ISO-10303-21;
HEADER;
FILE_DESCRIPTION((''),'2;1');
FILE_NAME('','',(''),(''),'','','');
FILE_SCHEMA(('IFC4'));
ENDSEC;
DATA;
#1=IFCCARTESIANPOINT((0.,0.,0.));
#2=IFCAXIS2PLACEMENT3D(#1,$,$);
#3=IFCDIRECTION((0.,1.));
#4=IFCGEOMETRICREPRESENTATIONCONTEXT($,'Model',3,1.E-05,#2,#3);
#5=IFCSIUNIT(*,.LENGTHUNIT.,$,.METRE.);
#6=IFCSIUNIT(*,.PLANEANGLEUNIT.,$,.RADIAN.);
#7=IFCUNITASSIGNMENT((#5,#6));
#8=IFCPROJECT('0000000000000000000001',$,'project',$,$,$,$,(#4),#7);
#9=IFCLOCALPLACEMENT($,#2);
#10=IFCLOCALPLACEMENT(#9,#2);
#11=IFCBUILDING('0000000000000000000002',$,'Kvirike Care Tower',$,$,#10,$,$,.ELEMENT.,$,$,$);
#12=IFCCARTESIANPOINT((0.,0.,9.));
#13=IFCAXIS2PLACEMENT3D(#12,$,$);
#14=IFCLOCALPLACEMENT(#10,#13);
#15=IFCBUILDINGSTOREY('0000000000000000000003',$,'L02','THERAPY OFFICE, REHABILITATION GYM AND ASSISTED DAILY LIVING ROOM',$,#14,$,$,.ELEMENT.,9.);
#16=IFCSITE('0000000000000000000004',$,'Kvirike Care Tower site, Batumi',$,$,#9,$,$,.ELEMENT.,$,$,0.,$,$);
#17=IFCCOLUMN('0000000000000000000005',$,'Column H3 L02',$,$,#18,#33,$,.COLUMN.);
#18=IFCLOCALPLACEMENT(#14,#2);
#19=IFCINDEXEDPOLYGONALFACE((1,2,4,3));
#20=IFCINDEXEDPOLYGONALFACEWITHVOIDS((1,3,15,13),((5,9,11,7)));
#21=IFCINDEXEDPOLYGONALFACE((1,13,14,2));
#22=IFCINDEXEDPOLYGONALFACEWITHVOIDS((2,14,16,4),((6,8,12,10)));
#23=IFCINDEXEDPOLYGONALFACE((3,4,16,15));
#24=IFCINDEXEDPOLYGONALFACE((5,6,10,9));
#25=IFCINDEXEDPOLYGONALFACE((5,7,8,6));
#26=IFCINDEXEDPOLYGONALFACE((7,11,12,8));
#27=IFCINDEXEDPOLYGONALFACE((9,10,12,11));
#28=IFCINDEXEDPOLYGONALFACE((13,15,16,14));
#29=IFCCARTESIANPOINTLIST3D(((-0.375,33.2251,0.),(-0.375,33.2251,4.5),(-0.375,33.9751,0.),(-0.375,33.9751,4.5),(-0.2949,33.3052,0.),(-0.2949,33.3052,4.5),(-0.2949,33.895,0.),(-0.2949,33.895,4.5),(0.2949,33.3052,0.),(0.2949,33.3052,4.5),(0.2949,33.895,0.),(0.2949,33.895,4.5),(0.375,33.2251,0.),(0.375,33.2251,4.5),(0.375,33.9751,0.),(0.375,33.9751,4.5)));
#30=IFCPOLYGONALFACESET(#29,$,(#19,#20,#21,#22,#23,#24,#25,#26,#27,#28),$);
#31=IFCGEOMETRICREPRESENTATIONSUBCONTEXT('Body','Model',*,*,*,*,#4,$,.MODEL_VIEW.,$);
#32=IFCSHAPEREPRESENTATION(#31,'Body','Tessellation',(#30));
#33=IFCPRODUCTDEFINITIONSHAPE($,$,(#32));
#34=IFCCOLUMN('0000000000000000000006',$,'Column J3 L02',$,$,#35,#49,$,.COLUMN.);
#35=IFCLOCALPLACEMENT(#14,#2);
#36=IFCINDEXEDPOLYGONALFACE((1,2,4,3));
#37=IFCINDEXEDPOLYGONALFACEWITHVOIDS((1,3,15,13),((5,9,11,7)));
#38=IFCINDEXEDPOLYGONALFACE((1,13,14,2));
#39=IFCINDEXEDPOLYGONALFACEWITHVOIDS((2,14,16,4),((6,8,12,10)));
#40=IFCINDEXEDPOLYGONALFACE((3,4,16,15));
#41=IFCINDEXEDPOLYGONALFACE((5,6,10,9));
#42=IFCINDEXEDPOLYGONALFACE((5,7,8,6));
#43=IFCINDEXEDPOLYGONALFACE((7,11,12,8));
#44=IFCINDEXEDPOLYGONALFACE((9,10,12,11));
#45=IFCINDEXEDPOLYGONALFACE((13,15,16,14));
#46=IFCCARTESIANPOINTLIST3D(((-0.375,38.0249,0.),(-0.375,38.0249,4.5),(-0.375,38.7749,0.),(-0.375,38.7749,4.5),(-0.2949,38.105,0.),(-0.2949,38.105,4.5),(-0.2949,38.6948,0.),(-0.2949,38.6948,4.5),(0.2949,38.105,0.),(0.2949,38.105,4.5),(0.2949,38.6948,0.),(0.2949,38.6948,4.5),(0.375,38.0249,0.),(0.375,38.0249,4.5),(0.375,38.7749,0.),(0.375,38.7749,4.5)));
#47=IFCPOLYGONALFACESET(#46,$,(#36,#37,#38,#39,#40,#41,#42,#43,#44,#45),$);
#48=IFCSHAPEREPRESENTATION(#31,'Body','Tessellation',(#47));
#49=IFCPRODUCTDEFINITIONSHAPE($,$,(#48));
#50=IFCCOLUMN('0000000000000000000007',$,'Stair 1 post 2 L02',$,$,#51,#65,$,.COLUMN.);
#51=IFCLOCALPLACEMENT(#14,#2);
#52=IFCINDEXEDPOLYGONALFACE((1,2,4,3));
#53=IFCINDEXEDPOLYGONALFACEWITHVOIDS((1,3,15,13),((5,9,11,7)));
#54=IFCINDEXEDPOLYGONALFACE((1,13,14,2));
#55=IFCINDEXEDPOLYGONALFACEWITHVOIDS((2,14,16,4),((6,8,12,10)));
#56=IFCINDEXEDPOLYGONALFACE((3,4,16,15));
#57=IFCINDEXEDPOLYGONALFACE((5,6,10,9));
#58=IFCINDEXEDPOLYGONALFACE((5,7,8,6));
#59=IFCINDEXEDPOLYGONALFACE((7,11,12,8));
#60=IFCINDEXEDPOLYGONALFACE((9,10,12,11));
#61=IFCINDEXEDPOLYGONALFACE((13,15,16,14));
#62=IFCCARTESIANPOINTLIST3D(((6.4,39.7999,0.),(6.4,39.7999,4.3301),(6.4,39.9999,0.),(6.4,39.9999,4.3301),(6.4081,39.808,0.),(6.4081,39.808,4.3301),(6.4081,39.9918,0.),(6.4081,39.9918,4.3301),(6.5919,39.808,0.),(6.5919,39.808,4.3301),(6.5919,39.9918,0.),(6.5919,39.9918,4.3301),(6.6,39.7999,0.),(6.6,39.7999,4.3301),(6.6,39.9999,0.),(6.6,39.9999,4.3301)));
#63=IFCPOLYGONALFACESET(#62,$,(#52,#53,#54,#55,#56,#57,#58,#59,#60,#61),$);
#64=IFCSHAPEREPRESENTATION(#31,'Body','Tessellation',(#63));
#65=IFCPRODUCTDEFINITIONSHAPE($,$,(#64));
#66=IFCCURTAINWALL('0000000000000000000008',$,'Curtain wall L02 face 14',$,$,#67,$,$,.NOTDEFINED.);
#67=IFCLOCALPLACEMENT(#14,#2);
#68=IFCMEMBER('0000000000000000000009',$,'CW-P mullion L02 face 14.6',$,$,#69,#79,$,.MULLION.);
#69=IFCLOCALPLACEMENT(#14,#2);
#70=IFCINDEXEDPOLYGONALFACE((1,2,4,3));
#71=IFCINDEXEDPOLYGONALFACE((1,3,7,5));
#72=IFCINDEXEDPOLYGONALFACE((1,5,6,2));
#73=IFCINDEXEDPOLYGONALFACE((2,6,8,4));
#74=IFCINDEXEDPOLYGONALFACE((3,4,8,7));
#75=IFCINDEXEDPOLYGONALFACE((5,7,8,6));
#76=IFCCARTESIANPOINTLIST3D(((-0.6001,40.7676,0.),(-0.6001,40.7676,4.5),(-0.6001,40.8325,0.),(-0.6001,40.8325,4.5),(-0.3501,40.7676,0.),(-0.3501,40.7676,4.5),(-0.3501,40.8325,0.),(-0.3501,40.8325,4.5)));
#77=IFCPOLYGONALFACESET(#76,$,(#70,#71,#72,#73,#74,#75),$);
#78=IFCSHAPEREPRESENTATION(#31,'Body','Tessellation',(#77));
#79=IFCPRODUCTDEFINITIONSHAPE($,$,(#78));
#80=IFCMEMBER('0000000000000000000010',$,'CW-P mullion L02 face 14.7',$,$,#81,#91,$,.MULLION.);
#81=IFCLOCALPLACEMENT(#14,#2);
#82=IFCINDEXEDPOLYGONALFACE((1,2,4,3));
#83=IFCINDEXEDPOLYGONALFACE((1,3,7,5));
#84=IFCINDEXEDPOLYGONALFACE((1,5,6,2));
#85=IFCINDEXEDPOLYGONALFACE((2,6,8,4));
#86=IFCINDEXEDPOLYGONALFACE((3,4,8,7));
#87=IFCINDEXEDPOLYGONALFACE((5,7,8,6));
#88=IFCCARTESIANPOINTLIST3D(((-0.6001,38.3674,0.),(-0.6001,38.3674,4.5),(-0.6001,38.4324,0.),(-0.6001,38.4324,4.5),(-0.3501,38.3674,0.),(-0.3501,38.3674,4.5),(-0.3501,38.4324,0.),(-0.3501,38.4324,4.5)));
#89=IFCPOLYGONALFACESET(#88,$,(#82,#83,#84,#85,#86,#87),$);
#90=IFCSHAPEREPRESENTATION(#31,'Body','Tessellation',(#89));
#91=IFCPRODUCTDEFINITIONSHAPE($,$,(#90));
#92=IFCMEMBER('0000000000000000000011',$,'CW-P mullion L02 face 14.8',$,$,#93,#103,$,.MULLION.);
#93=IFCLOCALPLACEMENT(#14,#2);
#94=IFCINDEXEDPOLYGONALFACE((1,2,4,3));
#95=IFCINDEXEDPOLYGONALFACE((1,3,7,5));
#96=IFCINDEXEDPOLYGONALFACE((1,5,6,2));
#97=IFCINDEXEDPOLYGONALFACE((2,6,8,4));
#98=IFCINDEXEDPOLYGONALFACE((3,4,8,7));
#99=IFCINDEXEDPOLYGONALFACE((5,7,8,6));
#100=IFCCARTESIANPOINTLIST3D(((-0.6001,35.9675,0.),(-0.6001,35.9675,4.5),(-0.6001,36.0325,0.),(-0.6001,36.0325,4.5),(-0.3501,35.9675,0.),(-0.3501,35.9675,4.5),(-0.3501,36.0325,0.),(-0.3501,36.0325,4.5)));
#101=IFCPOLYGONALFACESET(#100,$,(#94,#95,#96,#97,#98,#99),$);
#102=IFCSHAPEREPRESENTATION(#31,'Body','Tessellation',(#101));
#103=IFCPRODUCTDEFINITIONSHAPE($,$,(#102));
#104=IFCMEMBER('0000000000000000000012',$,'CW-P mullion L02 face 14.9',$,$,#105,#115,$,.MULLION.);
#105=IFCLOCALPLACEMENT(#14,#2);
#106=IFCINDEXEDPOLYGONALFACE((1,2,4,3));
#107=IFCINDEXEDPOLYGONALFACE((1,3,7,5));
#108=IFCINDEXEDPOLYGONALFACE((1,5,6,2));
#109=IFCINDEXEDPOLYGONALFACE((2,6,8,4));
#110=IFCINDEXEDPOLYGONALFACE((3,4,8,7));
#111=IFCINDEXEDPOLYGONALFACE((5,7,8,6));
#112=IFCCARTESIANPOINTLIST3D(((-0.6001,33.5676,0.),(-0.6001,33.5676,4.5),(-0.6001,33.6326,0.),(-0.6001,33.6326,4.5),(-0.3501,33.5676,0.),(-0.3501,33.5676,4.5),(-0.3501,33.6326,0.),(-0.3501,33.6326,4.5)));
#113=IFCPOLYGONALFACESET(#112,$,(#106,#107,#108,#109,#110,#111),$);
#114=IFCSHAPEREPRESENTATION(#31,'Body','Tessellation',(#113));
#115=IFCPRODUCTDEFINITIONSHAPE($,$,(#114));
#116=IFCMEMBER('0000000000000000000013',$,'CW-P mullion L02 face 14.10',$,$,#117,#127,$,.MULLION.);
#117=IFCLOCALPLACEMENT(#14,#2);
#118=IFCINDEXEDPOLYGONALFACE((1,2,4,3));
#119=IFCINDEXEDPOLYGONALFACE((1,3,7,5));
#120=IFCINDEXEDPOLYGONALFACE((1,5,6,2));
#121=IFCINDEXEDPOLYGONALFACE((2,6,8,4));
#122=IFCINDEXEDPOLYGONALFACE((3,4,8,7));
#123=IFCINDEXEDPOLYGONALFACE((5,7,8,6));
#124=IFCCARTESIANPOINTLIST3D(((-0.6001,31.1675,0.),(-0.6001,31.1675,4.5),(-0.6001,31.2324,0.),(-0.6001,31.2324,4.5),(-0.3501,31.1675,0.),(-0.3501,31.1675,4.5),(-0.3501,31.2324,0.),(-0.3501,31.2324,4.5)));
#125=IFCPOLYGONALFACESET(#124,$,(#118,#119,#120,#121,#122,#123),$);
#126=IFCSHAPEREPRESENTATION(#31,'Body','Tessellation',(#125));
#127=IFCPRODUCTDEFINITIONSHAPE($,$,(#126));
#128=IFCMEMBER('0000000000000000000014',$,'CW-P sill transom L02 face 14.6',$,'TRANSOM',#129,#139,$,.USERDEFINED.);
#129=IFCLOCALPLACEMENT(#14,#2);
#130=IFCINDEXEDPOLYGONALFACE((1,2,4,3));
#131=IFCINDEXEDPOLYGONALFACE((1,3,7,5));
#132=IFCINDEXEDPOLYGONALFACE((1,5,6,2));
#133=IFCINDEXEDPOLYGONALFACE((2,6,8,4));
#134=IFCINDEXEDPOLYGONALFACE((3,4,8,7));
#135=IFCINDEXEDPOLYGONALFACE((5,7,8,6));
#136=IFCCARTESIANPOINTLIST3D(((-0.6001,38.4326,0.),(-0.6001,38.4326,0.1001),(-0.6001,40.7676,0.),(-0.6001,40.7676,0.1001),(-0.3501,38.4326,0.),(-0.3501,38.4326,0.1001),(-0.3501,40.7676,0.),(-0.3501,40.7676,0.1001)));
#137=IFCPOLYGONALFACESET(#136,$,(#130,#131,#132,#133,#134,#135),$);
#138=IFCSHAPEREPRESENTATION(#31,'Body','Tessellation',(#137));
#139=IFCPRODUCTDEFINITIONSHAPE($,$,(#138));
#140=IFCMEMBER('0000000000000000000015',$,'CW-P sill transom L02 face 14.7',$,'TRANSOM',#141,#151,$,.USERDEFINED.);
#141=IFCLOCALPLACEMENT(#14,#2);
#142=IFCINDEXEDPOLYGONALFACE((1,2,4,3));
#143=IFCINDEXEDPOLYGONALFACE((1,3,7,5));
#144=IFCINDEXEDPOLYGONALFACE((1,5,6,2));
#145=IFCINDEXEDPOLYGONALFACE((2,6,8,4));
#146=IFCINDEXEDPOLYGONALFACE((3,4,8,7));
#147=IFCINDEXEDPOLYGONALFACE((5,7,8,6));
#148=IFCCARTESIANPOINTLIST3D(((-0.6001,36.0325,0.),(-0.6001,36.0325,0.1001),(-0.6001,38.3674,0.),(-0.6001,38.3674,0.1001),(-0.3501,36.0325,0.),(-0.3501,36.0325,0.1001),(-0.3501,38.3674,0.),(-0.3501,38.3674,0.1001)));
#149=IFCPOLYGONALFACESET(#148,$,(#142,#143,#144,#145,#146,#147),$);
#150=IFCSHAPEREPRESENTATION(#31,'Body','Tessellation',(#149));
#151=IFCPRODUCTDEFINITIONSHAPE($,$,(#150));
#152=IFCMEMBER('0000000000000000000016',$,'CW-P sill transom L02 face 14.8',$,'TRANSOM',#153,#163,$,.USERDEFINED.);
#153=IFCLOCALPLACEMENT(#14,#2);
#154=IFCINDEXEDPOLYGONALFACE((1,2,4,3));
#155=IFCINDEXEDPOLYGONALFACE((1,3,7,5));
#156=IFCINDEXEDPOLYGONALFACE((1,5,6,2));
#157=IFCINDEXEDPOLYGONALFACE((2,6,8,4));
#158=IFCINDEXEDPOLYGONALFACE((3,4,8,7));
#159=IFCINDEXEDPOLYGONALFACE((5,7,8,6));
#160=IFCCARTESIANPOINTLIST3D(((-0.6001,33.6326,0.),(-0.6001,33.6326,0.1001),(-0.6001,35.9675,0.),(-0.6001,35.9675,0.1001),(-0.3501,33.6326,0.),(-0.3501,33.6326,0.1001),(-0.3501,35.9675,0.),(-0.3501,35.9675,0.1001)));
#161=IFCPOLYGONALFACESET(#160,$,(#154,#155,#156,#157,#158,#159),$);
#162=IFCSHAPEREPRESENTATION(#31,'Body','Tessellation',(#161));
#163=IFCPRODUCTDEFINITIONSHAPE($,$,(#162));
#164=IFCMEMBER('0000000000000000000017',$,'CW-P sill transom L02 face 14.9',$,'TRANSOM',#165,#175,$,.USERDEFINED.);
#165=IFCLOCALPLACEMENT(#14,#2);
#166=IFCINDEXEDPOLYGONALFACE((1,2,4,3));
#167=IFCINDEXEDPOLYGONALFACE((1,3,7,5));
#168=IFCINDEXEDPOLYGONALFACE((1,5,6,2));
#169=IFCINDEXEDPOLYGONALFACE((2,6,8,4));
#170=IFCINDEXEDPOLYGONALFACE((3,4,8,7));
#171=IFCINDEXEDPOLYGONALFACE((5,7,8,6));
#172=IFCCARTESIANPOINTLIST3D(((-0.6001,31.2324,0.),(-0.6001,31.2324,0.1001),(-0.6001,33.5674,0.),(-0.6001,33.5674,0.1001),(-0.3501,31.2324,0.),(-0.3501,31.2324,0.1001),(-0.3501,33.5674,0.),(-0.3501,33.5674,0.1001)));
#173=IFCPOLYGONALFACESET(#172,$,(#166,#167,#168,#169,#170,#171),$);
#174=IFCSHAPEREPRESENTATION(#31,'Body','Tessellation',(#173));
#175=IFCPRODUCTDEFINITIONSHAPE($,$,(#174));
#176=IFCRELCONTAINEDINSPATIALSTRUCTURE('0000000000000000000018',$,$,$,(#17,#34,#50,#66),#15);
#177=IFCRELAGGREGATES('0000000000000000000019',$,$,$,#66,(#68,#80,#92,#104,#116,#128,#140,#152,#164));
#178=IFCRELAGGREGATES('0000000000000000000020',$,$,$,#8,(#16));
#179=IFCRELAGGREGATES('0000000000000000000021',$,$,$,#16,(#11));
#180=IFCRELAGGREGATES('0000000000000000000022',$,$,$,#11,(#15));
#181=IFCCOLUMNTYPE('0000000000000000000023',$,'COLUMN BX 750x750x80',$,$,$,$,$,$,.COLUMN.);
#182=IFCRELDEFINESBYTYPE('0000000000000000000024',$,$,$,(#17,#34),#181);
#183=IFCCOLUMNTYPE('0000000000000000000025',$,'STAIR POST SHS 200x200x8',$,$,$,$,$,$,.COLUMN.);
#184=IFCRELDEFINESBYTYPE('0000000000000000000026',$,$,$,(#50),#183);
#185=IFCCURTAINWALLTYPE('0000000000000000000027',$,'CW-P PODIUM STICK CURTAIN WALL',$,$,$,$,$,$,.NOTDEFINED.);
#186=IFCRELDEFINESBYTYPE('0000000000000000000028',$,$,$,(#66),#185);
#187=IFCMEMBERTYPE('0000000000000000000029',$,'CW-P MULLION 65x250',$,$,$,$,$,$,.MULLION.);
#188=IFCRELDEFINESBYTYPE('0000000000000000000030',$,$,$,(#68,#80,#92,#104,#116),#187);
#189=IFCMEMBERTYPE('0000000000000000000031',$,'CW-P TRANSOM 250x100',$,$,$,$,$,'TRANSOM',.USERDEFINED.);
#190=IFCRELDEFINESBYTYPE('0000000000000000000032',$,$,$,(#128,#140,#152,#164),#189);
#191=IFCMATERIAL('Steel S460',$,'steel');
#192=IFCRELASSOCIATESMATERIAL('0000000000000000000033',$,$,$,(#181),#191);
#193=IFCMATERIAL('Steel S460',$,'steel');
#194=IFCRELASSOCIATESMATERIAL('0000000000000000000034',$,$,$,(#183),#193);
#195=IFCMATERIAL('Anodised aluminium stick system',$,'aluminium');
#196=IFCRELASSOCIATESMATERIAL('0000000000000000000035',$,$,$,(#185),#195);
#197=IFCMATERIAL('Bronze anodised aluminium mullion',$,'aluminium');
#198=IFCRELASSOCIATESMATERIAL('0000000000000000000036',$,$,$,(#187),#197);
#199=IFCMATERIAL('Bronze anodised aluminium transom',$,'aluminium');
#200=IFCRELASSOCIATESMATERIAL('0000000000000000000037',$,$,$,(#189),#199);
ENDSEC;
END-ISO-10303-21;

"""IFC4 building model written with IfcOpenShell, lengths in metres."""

from ifc_helpers import new_model, si_unit, direction, frame, origin, origin_2d, place, context, subcontext, project, spatial, rectangle, hollow_rectangle, extrude, material, material_profile, profile_set, type_object, element, aggregate, save


model = new_model("IFC4")

# Units and contexts
model_context = context("Model", 3, precision=1e-05, world=origin(), true_north=direction((0.0, 1.0)))
body_context = subcontext(model_context, "Body", "Model", "MODEL_VIEW")
ifc_project = project(units=[si_unit("LENGTHUNIT", "METRE"), si_unit("PLANEANGLEUNIT", "RADIAN")], contexts=[model_context])

# Site, building, storey
site_placement = place(None, origin())
site = spatial("IfcSite", under=ifc_project, at=site_placement, Name="Kvirike Care Tower site, Batumi", CompositionType="ELEMENT", RefElevation=0.0)
building_placement = place(site_placement, origin())
building = spatial("IfcBuilding", under=site, at=building_placement, Name="Kvirike Care Tower", CompositionType="ELEMENT")
storey_placement = place(building_placement, frame((0.0, 0.0, 9.0)))
storey = spatial("IfcBuildingStorey", under=building, at=storey_placement, Name="L02", Description="THERAPY OFFICE, REHABILITATION GYM AND ASSISTED DAILY LIVING ROOM", CompositionType="ELEMENT", Elevation=9.0)

# Columns
ifc_material_1 = material(Name="Steel S460", Category="steel")
ifc_material_profile_1 = material_profile(ifc_material_1, hollow_rectangle(XDim=0.75, YDim=0.75, WallThickness=0.0801, at=origin_2d()), Name="BX 750x750x80")
ifc_profile_set_1 = profile_set([ifc_material_profile_1], Name="Steel S460")
column_type_1 = type_object("IfcColumnType", Name="COLUMN BX 750x750x80", PredefinedType="COLUMN", material=ifc_profile_set_1)
for number, where, z_axis, x_axis, name in (
    (1, (0.0, 33.6001, 0.0), (0.0, 0.0, 1.0), (1.0, 0.0, 0.0), "Column H3 L02"),
    (2, (0.0, 38.3999, 0.0), (0.0, 0.0, 1.0), (1.0, 0.0, 0.0), "Column J3 L02"),
):
    element("IfcColumn", number, at=place(storey_placement, frame(where, z_axis=z_axis, x_axis=x_axis)), inside=storey, type_object=column_type_1, Name=name, PredefinedType="COLUMN", context=body_context, shape_type="SweptSolid", body=[
        extrude(hollow_rectangle(XDim=0.75, YDim=0.75, WallThickness=0.0801, at=origin_2d()), origin(), (0.0, 0.0, 1.0), 4.5),
    ])
ifc_material_2 = material(Name="Steel S460", Category="steel")
ifc_material_profile_2 = material_profile(ifc_material_2, hollow_rectangle(XDim=0.2, YDim=0.2, WallThickness=0.0081, at=origin_2d()), Name="SHS 200x200x8")
ifc_profile_set_2 = profile_set([ifc_material_profile_2], Name="Steel S460")
column_type_2 = type_object("IfcColumnType", Name="STAIR POST SHS 200x200x8", PredefinedType="COLUMN", material=ifc_profile_set_2)
column_placement = place(storey_placement, frame((6.5, 39.8999, 0.0), z_axis=(0.0, 0.0, 1.0), x_axis=(1.0, 0.0, 0.0)))
element("IfcColumn", 3, at=column_placement, inside=storey, type_object=column_type_2, Name="Stair 1 post 2 L02", PredefinedType="COLUMN", context=body_context, shape_type="SweptSolid", body=[
    extrude(hollow_rectangle(XDim=0.2, YDim=0.2, WallThickness=0.0081, at=origin_2d()), origin(), (0.0, 0.0, 1.0), 4.3301),
])

# Curtain wall, members
ifc_material_3 = material(Name="Anodised aluminium stick system", Category="aluminium")
curtain_wall_type = type_object("IfcCurtainWallType", Name="CW-P PODIUM STICK CURTAIN WALL", PredefinedType="NOTDEFINED", material=ifc_material_3)
curtain_wall_placement = place(storey_placement, origin())
curtain_wall = element("IfcCurtainWall", 4, at=curtain_wall_placement, inside=storey, type_object=curtain_wall_type, Name="Curtain wall L02 face 14", PredefinedType="NOTDEFINED")
ifc_material_4 = material(Name="Bronze anodised aluminium mullion", Category="aluminium")
ifc_material_profile_3 = material_profile(ifc_material_4, rectangle(XDim=0.0649, YDim=0.25, at=origin_2d()), Name="CW-P MULLION 65x250")
ifc_profile_set_3 = profile_set([ifc_material_profile_3], Name="Bronze anodised aluminium mullion")
member_type_1 = type_object("IfcMemberType", Name="CW-P MULLION 65x250", PredefinedType="MULLION", material=ifc_profile_set_3)
member_1_placement = place(storey_placement, frame((-0.4751, 40.8, 0.0), z_axis=(0.0, 0.0, 1.0), x_axis=(0.0, -1.0, 0.0)))
member_1 = element("IfcMember", 5, at=member_1_placement, type_object=member_type_1, Name="CW-P mullion L02 face 14.6", PredefinedType="MULLION", context=body_context, shape_type="SweptSolid", body=[
    extrude(rectangle(XDim=0.0649, YDim=0.25, at=origin_2d()), origin(), (0.0, 0.0, 1.0), 4.5),
])
member_2_placement = place(storey_placement, frame((-0.4751, 38.3999, 0.0), z_axis=(0.0, 0.0, 1.0), x_axis=(0.0, -1.0, 0.0)))
member_2 = element("IfcMember", 6, at=member_2_placement, type_object=member_type_1, Name="CW-P mullion L02 face 14.7", PredefinedType="MULLION", context=body_context, shape_type="SweptSolid", body=[
    extrude(rectangle(XDim=0.0649, YDim=0.25, at=origin_2d()), origin(), (0.0, 0.0, 1.0), 4.5),
])
member_3_placement = place(storey_placement, frame((-0.4751, 36.0, 0.0), z_axis=(0.0, 0.0, 1.0), x_axis=(0.0, -1.0, 0.0)))
member_3 = element("IfcMember", 7, at=member_3_placement, type_object=member_type_1, Name="CW-P mullion L02 face 14.8", PredefinedType="MULLION", context=body_context, shape_type="SweptSolid", body=[
    extrude(rectangle(XDim=0.0649, YDim=0.25, at=origin_2d()), origin(), (0.0, 0.0, 1.0), 4.5),
])
member_4_placement = place(storey_placement, frame((-0.4751, 33.6001, 0.0), z_axis=(0.0, 0.0, 1.0), x_axis=(0.0, -1.0, 0.0)))
member_4 = element("IfcMember", 8, at=member_4_placement, type_object=member_type_1, Name="CW-P mullion L02 face 14.9", PredefinedType="MULLION", context=body_context, shape_type="SweptSolid", body=[
    extrude(rectangle(XDim=0.0649, YDim=0.25, at=origin_2d()), origin(), (0.0, 0.0, 1.0), 4.5),
])
member_5_placement = place(storey_placement, frame((-0.4751, 31.2, 0.0), z_axis=(0.0, 0.0, 1.0), x_axis=(0.0, -1.0, 0.0)))
member_5 = element("IfcMember", 9, at=member_5_placement, type_object=member_type_1, Name="CW-P mullion L02 face 14.10", PredefinedType="MULLION", context=body_context, shape_type="SweptSolid", body=[
    extrude(rectangle(XDim=0.0649, YDim=0.25, at=origin_2d()), origin(), (0.0, 0.0, 1.0), 4.5),
])
ifc_material_5 = material(Name="Bronze anodised aluminium transom", Category="aluminium")
ifc_material_profile_4 = material_profile(ifc_material_5, rectangle(XDim=0.25, YDim=0.1001, at=origin_2d()), Name="CW-P TRANSOM 250x100")
ifc_profile_set_4 = profile_set([ifc_material_profile_4], Name="Bronze anodised aluminium transom")
member_type_2 = type_object("IfcMemberType", Name="CW-P TRANSOM 250x100", ElementType="TRANSOM", PredefinedType="USERDEFINED", material=ifc_profile_set_4)
member_6_placement = place(storey_placement, frame((-0.4751, 40.7676, 0.05), z_axis=(0.0, -1.0, 0.0), x_axis=(1.0, 0.0, 0.0)))
member_6 = element("IfcMember", 10, at=member_6_placement, type_object=member_type_2, Name="CW-P sill transom L02 face 14.6", ObjectType="TRANSOM", PredefinedType="USERDEFINED", context=body_context, shape_type="SweptSolid", body=[
    extrude(rectangle(XDim=0.25, YDim=0.1001, at=origin_2d()), origin(), (0.0, 0.0, 1.0), 2.335),
])
member_7_placement = place(storey_placement, frame((-0.4751, 38.3674, 0.05), z_axis=(0.0, -1.0, 0.0), x_axis=(1.0, 0.0, 0.0)))
member_7 = element("IfcMember", 11, at=member_7_placement, type_object=member_type_2, Name="CW-P sill transom L02 face 14.7", ObjectType="TRANSOM", PredefinedType="USERDEFINED", context=body_context, shape_type="SweptSolid", body=[
    extrude(rectangle(XDim=0.25, YDim=0.1001, at=origin_2d()), origin(), (0.0, 0.0, 1.0), 2.335),
])
member_8_placement = place(storey_placement, frame((-0.4751, 35.9675, 0.05), z_axis=(0.0, -1.0, 0.0), x_axis=(1.0, 0.0, 0.0)))
member_8 = element("IfcMember", 12, at=member_8_placement, type_object=member_type_2, Name="CW-P sill transom L02 face 14.8", ObjectType="TRANSOM", PredefinedType="USERDEFINED", context=body_context, shape_type="SweptSolid", body=[
    extrude(rectangle(XDim=0.25, YDim=0.1001, at=origin_2d()), origin(), (0.0, 0.0, 1.0), 2.335),
])
member_9_placement = place(storey_placement, frame((-0.4751, 33.5674, 0.05), z_axis=(0.0, -1.0, 0.0), x_axis=(1.0, 0.0, 0.0)))
member_9 = element("IfcMember", 13, at=member_9_placement, type_object=member_type_2, Name="CW-P sill transom L02 face 14.9", ObjectType="TRANSOM", PredefinedType="USERDEFINED", context=body_context, shape_type="SweptSolid", body=[
    extrude(rectangle(XDim=0.25, YDim=0.1001, at=origin_2d()), origin(), (0.0, 0.0, 1.0), 2.335),
])

aggregate(curtain_wall, [member_1, member_2, member_3, member_4, member_5, member_6, member_7, member_8, member_9])

save(model, "model.ifc")
